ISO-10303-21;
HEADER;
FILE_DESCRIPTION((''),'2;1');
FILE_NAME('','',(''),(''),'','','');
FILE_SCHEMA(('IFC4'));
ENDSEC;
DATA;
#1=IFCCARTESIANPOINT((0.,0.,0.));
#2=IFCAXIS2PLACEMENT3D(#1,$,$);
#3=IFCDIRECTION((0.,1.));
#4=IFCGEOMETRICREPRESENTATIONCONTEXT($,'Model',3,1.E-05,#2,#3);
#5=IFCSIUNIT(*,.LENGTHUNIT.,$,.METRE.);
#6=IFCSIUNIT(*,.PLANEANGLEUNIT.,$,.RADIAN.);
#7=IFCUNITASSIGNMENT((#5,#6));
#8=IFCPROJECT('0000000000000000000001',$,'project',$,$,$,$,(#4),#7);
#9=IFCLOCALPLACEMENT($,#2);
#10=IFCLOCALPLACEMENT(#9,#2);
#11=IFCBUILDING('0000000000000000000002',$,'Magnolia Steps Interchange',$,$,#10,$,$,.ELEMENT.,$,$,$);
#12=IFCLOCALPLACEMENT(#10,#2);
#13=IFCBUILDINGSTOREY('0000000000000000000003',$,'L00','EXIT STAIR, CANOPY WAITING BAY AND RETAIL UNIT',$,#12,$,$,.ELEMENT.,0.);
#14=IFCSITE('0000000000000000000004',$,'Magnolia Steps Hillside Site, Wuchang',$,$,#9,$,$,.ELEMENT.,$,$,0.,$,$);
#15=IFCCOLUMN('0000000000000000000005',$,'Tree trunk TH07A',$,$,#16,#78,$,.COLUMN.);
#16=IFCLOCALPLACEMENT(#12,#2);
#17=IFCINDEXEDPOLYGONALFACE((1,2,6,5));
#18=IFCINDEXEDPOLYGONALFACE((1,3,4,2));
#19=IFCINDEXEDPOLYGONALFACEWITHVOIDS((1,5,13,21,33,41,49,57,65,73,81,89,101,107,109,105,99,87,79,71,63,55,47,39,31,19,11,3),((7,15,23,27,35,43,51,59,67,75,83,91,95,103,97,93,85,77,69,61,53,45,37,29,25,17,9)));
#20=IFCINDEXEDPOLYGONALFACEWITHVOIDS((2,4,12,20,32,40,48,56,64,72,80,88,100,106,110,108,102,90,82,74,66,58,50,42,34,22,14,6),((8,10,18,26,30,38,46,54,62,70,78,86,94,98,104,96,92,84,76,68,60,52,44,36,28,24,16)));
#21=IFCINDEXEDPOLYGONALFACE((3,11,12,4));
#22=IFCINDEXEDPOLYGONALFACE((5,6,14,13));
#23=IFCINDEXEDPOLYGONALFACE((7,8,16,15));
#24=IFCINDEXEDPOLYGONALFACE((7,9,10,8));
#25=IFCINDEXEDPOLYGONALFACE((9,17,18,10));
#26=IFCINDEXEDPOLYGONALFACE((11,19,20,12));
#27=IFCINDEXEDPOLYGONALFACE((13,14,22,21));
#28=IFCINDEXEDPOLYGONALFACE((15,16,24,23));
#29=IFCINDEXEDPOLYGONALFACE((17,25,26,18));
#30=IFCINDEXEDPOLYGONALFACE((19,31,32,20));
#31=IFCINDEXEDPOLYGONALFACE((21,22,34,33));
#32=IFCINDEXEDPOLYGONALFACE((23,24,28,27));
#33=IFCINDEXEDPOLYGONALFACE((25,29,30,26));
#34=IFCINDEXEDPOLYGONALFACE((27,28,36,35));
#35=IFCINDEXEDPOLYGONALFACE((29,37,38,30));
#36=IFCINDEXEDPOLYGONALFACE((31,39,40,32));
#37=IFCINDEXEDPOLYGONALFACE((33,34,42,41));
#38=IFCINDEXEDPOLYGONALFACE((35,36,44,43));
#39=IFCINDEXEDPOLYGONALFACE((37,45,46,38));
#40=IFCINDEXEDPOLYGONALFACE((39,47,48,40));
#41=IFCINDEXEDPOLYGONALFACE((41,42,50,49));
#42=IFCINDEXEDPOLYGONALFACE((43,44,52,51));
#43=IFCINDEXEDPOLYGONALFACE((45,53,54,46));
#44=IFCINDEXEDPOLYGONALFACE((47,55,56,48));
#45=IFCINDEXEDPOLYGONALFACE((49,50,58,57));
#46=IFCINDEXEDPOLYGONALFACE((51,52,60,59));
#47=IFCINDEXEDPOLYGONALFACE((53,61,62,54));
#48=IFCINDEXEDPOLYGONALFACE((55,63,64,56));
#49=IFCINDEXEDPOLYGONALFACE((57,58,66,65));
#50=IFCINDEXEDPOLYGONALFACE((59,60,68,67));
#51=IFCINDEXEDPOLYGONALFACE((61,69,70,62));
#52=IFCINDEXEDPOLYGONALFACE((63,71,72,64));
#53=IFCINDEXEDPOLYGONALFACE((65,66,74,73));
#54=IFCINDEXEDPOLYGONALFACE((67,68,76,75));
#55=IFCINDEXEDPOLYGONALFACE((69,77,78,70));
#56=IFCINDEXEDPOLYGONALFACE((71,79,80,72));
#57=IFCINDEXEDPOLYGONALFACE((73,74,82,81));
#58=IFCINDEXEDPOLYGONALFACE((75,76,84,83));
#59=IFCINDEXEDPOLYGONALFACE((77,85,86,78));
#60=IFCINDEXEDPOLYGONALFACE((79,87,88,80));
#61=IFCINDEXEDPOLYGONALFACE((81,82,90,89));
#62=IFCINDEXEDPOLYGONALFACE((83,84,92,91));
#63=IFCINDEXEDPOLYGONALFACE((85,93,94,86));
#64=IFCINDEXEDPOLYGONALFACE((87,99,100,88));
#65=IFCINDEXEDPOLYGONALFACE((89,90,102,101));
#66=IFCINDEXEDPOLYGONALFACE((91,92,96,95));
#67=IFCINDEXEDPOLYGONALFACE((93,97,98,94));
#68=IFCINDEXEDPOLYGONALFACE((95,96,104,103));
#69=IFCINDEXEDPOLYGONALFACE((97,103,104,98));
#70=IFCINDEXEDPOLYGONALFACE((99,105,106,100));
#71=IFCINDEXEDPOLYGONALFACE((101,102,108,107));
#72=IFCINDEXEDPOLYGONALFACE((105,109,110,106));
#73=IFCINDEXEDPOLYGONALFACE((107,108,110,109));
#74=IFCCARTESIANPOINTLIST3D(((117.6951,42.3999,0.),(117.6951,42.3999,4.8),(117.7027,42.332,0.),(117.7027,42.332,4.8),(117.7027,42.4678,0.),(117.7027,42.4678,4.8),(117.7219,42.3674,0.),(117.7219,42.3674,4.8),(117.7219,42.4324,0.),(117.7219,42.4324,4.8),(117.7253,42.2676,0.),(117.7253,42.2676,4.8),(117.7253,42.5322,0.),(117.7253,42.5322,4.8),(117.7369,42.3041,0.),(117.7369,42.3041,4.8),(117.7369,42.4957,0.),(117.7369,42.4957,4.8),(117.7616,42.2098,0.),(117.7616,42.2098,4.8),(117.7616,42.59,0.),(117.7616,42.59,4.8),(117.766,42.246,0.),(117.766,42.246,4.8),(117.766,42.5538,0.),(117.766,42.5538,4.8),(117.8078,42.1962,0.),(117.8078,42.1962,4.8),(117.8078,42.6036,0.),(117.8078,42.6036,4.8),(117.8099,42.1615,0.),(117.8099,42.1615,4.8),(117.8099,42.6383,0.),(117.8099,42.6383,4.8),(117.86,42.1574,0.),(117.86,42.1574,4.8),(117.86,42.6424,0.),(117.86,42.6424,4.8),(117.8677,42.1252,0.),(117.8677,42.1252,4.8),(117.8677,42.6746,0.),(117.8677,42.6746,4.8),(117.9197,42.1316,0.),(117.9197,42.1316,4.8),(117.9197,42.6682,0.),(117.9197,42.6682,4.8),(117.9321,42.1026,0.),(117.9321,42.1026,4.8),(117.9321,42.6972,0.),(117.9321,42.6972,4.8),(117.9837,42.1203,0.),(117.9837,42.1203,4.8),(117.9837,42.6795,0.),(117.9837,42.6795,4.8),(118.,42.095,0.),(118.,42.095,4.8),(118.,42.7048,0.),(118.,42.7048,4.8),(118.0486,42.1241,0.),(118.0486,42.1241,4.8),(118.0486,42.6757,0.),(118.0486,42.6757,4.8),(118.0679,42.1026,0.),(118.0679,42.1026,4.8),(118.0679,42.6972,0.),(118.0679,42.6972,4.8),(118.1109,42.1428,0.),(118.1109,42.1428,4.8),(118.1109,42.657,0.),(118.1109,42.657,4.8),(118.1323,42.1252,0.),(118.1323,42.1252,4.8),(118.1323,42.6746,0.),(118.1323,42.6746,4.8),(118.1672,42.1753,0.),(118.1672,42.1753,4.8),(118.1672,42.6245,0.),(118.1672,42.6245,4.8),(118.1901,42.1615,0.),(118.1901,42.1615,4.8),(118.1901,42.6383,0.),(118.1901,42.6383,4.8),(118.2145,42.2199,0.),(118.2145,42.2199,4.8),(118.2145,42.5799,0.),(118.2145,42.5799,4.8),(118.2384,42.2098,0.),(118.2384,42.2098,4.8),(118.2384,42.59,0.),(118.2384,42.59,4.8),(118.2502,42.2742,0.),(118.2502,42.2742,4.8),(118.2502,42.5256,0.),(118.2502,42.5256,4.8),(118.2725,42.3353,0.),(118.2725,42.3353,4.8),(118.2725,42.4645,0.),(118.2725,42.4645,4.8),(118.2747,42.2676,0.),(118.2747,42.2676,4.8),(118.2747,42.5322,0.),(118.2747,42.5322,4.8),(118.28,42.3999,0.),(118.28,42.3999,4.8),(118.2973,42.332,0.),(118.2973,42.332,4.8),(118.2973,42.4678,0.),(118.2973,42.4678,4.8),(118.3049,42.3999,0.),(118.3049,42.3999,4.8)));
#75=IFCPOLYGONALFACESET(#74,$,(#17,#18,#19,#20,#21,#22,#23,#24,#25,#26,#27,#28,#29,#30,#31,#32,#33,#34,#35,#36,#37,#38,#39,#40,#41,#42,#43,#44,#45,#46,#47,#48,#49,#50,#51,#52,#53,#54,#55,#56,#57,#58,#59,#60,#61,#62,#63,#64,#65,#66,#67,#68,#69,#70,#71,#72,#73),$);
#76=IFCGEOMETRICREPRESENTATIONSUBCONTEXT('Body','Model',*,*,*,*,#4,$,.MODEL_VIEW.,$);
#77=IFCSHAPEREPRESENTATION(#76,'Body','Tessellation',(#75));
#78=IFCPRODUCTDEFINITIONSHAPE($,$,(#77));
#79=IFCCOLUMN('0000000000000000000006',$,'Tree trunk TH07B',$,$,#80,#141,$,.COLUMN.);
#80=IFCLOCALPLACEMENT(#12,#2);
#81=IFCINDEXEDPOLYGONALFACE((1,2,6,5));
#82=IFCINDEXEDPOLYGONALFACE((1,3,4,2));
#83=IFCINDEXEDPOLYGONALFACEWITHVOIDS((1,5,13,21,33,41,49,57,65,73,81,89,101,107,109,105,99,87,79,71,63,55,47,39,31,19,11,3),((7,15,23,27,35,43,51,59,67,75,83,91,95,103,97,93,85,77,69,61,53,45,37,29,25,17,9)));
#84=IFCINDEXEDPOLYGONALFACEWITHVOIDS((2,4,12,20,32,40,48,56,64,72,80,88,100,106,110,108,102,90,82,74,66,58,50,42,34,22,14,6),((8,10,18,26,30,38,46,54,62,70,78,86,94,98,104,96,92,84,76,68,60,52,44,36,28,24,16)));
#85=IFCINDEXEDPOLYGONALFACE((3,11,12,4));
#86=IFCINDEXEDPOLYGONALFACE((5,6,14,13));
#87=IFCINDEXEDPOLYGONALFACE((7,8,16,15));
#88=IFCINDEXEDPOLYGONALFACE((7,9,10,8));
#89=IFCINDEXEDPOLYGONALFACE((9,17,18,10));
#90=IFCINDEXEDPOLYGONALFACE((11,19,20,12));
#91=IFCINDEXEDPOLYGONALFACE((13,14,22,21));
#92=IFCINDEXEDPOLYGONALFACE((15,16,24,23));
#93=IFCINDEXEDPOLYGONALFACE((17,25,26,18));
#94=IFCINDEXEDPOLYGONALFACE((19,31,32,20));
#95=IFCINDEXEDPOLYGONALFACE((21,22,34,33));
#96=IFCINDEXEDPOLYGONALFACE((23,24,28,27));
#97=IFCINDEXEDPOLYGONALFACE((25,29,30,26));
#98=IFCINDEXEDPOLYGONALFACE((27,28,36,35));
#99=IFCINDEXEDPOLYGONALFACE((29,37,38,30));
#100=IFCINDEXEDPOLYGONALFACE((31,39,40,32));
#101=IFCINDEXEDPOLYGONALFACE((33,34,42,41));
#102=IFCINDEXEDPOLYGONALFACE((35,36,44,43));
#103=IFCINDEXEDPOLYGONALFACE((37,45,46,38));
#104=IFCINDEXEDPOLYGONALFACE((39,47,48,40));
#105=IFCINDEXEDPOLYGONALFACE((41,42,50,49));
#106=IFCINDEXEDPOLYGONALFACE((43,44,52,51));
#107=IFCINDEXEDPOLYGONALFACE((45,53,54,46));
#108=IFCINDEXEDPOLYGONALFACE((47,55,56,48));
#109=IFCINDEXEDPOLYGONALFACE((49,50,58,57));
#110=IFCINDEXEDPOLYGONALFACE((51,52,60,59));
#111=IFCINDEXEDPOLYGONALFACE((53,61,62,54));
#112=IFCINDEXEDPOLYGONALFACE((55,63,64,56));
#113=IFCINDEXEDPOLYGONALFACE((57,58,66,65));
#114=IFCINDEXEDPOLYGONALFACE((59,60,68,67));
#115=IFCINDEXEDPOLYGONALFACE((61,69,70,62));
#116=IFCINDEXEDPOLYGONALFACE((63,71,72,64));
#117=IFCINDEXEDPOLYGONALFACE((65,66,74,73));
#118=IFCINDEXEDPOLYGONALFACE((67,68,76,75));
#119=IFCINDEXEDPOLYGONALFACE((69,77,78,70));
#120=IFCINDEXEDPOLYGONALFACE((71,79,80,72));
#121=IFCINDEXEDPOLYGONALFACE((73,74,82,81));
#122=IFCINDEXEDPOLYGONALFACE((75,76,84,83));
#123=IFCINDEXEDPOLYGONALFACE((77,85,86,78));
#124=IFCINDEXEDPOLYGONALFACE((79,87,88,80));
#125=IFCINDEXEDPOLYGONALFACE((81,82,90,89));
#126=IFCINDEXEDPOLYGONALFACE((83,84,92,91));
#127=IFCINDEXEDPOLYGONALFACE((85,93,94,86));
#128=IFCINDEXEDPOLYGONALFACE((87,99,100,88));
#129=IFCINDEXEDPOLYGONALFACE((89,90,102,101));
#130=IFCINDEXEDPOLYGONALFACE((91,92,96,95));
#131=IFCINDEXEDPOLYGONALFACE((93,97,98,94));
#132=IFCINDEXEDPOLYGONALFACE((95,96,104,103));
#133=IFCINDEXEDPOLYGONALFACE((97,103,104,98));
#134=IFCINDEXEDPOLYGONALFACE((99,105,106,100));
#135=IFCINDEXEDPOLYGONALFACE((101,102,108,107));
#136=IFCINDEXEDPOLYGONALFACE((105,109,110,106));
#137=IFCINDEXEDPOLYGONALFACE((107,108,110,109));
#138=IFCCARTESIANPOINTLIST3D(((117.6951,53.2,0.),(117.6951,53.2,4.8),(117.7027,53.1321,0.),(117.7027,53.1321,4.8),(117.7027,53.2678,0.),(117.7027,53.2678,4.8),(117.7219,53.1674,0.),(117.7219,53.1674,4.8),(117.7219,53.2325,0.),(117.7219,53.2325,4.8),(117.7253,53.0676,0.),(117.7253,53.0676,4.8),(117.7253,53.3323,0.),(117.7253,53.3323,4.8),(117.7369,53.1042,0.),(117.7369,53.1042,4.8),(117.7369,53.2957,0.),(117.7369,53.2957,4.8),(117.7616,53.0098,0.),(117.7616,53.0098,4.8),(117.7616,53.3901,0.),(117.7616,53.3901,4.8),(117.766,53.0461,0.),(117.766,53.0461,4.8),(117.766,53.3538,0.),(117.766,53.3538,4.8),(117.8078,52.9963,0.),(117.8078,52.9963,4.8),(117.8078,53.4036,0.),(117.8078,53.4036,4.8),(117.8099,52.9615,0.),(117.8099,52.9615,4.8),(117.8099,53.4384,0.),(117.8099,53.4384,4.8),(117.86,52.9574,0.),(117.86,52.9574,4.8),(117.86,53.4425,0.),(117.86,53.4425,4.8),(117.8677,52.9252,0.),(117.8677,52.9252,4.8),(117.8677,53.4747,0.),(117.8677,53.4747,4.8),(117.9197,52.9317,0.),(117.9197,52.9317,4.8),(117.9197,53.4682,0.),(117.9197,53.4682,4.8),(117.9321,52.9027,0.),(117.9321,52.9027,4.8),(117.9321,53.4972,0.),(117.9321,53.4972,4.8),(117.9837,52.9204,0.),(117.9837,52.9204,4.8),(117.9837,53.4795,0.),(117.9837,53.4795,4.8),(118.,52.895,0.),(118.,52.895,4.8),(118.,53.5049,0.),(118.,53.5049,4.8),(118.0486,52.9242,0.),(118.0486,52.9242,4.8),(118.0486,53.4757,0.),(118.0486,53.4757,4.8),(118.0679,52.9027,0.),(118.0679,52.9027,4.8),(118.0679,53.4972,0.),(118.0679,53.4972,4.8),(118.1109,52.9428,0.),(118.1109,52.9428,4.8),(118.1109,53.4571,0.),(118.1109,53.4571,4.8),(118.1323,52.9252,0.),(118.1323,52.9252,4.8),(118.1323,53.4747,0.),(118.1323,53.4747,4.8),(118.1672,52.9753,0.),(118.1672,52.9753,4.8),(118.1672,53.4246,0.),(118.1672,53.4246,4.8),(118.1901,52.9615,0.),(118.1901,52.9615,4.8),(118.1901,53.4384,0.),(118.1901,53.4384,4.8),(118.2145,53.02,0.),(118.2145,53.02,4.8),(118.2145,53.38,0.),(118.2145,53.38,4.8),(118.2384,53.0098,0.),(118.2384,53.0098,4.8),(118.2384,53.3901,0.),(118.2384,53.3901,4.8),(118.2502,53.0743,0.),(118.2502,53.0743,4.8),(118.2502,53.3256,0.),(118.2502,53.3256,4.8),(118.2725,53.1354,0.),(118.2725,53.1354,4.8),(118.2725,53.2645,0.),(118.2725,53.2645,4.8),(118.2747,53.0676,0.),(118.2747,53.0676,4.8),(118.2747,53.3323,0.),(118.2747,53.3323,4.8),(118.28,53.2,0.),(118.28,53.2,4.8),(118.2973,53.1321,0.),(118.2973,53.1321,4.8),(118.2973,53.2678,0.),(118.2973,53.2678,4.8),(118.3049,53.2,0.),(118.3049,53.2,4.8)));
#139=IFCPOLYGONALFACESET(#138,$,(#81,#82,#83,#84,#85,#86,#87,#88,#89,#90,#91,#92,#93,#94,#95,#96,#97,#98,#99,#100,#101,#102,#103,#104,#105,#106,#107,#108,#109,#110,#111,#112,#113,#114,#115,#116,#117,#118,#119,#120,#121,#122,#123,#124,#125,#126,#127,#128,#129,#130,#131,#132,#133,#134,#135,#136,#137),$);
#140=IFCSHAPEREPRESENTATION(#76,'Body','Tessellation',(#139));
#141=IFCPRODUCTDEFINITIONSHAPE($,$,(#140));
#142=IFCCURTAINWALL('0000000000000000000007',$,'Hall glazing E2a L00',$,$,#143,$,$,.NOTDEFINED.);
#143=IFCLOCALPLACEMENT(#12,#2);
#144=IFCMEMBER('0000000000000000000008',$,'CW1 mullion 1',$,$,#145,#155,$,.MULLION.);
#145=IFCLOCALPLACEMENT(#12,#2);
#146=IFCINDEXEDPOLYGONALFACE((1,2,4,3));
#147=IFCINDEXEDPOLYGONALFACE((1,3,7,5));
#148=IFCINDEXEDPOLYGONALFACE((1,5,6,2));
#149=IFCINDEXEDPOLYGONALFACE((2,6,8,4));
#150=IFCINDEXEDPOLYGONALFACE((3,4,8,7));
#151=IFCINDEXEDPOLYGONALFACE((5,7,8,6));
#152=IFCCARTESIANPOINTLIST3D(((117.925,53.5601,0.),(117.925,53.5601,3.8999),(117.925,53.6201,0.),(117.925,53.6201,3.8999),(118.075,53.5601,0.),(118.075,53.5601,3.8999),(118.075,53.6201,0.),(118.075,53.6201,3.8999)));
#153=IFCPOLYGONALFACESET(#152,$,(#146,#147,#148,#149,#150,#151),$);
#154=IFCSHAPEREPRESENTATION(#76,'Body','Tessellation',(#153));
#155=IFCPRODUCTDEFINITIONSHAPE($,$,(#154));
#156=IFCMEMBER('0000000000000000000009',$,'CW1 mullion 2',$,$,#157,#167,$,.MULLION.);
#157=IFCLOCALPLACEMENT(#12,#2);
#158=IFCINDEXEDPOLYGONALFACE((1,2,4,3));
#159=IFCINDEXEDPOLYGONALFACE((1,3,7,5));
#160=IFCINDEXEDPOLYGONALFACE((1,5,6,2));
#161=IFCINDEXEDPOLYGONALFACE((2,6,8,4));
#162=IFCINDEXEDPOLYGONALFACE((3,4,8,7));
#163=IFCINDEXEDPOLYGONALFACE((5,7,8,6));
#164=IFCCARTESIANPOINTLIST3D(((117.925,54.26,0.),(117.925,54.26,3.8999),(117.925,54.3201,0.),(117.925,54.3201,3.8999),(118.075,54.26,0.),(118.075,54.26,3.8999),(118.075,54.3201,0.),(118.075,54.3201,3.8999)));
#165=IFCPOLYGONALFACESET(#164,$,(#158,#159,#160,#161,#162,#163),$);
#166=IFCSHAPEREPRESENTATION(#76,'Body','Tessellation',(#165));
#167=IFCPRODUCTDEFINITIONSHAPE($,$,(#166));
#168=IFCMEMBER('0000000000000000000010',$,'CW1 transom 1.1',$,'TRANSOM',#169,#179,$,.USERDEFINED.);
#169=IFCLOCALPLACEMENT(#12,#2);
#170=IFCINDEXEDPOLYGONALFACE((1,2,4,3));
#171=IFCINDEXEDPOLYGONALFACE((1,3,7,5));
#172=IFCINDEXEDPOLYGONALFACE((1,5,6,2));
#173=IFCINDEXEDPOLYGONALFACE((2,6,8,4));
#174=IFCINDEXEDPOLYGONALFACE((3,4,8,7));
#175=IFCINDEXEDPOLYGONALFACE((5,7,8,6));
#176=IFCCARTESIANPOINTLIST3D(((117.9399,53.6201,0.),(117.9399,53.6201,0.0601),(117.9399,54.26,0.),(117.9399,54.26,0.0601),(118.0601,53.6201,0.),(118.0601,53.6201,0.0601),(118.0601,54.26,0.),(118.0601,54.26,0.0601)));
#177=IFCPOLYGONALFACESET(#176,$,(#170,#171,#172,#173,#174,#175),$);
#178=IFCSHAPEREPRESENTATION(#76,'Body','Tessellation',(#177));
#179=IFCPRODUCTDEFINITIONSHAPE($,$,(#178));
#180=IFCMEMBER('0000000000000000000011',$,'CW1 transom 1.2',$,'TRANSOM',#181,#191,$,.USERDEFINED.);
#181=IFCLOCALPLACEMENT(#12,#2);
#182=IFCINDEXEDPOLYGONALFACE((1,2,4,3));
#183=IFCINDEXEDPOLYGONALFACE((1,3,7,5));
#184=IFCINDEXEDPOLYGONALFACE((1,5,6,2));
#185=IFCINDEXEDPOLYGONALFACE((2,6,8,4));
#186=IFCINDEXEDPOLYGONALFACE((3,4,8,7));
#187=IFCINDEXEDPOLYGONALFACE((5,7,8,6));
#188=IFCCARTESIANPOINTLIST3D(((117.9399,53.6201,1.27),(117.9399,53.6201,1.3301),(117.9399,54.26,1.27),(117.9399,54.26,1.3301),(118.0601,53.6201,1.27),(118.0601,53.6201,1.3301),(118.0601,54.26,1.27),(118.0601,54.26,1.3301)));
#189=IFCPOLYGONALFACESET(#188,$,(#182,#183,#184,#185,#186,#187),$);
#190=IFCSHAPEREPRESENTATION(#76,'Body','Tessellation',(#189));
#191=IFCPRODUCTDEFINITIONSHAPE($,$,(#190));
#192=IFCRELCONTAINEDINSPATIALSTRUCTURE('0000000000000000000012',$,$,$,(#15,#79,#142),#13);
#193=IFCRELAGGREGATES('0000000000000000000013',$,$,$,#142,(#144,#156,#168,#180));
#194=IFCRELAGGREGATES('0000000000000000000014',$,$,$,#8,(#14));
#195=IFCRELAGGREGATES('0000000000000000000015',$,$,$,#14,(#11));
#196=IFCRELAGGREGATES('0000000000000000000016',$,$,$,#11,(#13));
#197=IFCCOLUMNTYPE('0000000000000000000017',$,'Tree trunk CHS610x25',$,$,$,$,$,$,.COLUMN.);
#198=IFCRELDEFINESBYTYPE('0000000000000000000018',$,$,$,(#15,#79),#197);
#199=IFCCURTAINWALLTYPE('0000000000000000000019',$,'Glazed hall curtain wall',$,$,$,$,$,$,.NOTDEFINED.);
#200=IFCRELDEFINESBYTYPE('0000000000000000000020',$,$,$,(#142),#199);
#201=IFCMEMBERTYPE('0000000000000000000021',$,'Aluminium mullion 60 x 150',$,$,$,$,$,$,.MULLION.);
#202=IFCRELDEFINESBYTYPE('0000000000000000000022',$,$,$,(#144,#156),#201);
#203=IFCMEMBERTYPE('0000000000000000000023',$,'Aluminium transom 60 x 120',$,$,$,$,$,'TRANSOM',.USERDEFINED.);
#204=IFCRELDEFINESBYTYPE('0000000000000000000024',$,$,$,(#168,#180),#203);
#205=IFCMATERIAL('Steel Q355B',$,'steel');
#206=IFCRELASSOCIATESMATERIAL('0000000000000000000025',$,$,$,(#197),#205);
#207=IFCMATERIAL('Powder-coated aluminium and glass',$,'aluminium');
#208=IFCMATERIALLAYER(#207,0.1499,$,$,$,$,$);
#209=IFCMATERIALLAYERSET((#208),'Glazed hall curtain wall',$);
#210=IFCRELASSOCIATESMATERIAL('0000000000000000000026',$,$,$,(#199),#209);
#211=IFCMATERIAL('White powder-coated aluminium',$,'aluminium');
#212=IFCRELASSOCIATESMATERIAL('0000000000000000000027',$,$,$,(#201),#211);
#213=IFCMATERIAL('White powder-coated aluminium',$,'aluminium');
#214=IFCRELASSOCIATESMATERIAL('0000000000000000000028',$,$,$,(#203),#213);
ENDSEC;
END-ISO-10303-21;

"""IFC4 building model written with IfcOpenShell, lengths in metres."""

from ifc_helpers import new_model, si_unit, direction, frame, origin, origin_2d, place, context, subcontext, project, spatial, rectangle, hollow_circle, extrude, material, layer, layer_set, material_profile, profile_set, type_object, element, aggregate, save


model = new_model("IFC4")

# Units and contexts
model_context = context("Model", 3, precision=1e-05, world=origin(), true_north=direction((0.0, 1.0)))
body_context = subcontext(model_context, "Body", "Model", "MODEL_VIEW")
ifc_project = project(units=[si_unit("LENGTHUNIT", "METRE"), si_unit("PLANEANGLEUNIT", "RADIAN")], contexts=[model_context])

# Site, building, storey
site_placement = place(None, origin())
site = spatial("IfcSite", under=ifc_project, at=site_placement, Name="Magnolia Steps Hillside Site, Wuchang", CompositionType="ELEMENT", RefElevation=0.0)
building_placement = place(site_placement, origin())
building = spatial("IfcBuilding", under=site, at=building_placement, Name="Magnolia Steps Interchange", CompositionType="ELEMENT")
storey_placement = place(building_placement, origin())
storey = spatial("IfcBuildingStorey", under=building, at=storey_placement, Name="L00", Description="EXIT STAIR, CANOPY WAITING BAY AND RETAIL UNIT", CompositionType="ELEMENT", Elevation=0.0)

# Columns
ifc_material_1 = material(Name="Steel Q355B", Category="steel")
ifc_material_profile_1 = material_profile(ifc_material_1, hollow_circle(Radius=0.3049, WallThickness=0.0249, at=origin_2d()), Name="CHS610x25")
ifc_profile_set_1 = profile_set([ifc_material_profile_1], Name="Steel Q355B")
column_type = type_object("IfcColumnType", Name="Tree trunk CHS610x25", PredefinedType="COLUMN", material=ifc_profile_set_1)
for number, where, z_axis, x_axis, name in (
    (1, (118.0, 42.3999, 0.0), (0.0, 0.0, 1.0), (1.0, 0.0, 0.0), "Tree trunk TH07A"),
    (2, (118.0, 53.2, 0.0), (0.0, 0.0, 1.0), (1.0, 0.0, 0.0), "Tree trunk TH07B"),
):
    element("IfcColumn", number, at=place(storey_placement, frame(where, z_axis=z_axis, x_axis=x_axis)), inside=storey, type_object=column_type, Name=name, PredefinedType="COLUMN", context=body_context, shape_type="SweptSolid", body=[
        extrude(hollow_circle(Radius=0.3049, WallThickness=0.0249, at=origin_2d()), origin(), (0.0, 0.0, 1.0), 4.8),
    ])

# Curtain wall, members
ifc_material_2 = material(Name="Powder-coated aluminium and glass", Category="aluminium")
ifc_layer_1 = layer(ifc_material_2, 0.1499)
ifc_layer_set_1 = layer_set([ifc_layer_1], Name="Glazed hall curtain wall")
curtain_wall_type = type_object("IfcCurtainWallType", Name="Glazed hall curtain wall", PredefinedType="NOTDEFINED", material=ifc_layer_set_1)
curtain_wall_placement = place(storey_placement, origin())
curtain_wall = element("IfcCurtainWall", 3, at=curtain_wall_placement, inside=storey, type_object=curtain_wall_type, Name="Hall glazing E2a L00", PredefinedType="NOTDEFINED")
ifc_material_3 = material(Name="White powder-coated aluminium", Category="aluminium")
ifc_material_profile_2 = material_profile(ifc_material_3, rectangle(XDim=0.0601, YDim=0.1499, at=origin_2d()), Name="Aluminium mullion 60 x 150")
ifc_profile_set_2 = profile_set([ifc_material_profile_2], Name="White powder-coated aluminium")
member_type_1 = type_object("IfcMemberType", Name="Aluminium mullion 60 x 150", PredefinedType="MULLION", material=ifc_profile_set_2)
member_1_placement = place(storey_placement, frame((118.0, 53.5901, 0.0), z_axis=(0.0, 0.0, 1.0), x_axis=(0.0, 1.0, 0.0)))
member_1 = element("IfcMember", 4, at=member_1_placement, type_object=member_type_1, Name="CW1 mullion 1", PredefinedType="MULLION", context=body_context, shape_type="SweptSolid", body=[
    extrude(rectangle(XDim=0.0601, YDim=0.1499, at=origin_2d()), origin(), (0.0, 0.0, 1.0), 3.8999),
])
member_2_placement = place(storey_placement, frame((118.0, 54.29, 0.0), z_axis=(0.0, 0.0, 1.0), x_axis=(0.0, 1.0, 0.0)))
member_2 = element("IfcMember", 5, at=member_2_placement, type_object=member_type_1, Name="CW1 mullion 2", PredefinedType="MULLION", context=body_context, shape_type="SweptSolid", body=[
    extrude(rectangle(XDim=0.0601, YDim=0.1499, at=origin_2d()), origin(), (0.0, 0.0, 1.0), 3.8999),
])
ifc_material_4 = material(Name="White powder-coated aluminium", Category="aluminium")
ifc_material_profile_3 = material_profile(ifc_material_4, rectangle(XDim=0.0601, YDim=0.1201, at=origin_2d()), Name="Aluminium transom 60 x 120")
ifc_profile_set_3 = profile_set([ifc_material_profile_3], Name="White powder-coated aluminium")
member_type_2 = type_object("IfcMemberType", Name="Aluminium transom 60 x 120", ElementType="TRANSOM", PredefinedType="USERDEFINED", material=ifc_profile_set_3)
member_3_placement = place(storey_placement, frame((118.0, 53.6201, 0.03), z_axis=(0.0, 1.0, 0.0), x_axis=(0.0, 0.0, 1.0)))
member_3 = element("IfcMember", 6, at=member_3_placement, type_object=member_type_2, Name="CW1 transom 1.1", ObjectType="TRANSOM", PredefinedType="USERDEFINED", context=body_context, shape_type="SweptSolid", body=[
    extrude(rectangle(XDim=0.0601, YDim=0.1201, at=origin_2d()), origin(), (0.0, 0.0, 1.0), 0.6399),
])
member_4_placement = place(storey_placement, frame((118.0, 53.6201, 1.3), z_axis=(0.0, 1.0, 0.0), x_axis=(0.0, 0.0, 1.0)))
member_4 = element("IfcMember", 7, at=member_4_placement, type_object=member_type_2, Name="CW1 transom 1.2", ObjectType="TRANSOM", PredefinedType="USERDEFINED", context=body_context, shape_type="SweptSolid", body=[
    extrude(rectangle(XDim=0.0601, YDim=0.1201, at=origin_2d()), origin(), (0.0, 0.0, 1.0), 0.6399),
])

aggregate(curtain_wall, [member_1, member_2, member_3, member_4])

save(model, "model.ifc")
